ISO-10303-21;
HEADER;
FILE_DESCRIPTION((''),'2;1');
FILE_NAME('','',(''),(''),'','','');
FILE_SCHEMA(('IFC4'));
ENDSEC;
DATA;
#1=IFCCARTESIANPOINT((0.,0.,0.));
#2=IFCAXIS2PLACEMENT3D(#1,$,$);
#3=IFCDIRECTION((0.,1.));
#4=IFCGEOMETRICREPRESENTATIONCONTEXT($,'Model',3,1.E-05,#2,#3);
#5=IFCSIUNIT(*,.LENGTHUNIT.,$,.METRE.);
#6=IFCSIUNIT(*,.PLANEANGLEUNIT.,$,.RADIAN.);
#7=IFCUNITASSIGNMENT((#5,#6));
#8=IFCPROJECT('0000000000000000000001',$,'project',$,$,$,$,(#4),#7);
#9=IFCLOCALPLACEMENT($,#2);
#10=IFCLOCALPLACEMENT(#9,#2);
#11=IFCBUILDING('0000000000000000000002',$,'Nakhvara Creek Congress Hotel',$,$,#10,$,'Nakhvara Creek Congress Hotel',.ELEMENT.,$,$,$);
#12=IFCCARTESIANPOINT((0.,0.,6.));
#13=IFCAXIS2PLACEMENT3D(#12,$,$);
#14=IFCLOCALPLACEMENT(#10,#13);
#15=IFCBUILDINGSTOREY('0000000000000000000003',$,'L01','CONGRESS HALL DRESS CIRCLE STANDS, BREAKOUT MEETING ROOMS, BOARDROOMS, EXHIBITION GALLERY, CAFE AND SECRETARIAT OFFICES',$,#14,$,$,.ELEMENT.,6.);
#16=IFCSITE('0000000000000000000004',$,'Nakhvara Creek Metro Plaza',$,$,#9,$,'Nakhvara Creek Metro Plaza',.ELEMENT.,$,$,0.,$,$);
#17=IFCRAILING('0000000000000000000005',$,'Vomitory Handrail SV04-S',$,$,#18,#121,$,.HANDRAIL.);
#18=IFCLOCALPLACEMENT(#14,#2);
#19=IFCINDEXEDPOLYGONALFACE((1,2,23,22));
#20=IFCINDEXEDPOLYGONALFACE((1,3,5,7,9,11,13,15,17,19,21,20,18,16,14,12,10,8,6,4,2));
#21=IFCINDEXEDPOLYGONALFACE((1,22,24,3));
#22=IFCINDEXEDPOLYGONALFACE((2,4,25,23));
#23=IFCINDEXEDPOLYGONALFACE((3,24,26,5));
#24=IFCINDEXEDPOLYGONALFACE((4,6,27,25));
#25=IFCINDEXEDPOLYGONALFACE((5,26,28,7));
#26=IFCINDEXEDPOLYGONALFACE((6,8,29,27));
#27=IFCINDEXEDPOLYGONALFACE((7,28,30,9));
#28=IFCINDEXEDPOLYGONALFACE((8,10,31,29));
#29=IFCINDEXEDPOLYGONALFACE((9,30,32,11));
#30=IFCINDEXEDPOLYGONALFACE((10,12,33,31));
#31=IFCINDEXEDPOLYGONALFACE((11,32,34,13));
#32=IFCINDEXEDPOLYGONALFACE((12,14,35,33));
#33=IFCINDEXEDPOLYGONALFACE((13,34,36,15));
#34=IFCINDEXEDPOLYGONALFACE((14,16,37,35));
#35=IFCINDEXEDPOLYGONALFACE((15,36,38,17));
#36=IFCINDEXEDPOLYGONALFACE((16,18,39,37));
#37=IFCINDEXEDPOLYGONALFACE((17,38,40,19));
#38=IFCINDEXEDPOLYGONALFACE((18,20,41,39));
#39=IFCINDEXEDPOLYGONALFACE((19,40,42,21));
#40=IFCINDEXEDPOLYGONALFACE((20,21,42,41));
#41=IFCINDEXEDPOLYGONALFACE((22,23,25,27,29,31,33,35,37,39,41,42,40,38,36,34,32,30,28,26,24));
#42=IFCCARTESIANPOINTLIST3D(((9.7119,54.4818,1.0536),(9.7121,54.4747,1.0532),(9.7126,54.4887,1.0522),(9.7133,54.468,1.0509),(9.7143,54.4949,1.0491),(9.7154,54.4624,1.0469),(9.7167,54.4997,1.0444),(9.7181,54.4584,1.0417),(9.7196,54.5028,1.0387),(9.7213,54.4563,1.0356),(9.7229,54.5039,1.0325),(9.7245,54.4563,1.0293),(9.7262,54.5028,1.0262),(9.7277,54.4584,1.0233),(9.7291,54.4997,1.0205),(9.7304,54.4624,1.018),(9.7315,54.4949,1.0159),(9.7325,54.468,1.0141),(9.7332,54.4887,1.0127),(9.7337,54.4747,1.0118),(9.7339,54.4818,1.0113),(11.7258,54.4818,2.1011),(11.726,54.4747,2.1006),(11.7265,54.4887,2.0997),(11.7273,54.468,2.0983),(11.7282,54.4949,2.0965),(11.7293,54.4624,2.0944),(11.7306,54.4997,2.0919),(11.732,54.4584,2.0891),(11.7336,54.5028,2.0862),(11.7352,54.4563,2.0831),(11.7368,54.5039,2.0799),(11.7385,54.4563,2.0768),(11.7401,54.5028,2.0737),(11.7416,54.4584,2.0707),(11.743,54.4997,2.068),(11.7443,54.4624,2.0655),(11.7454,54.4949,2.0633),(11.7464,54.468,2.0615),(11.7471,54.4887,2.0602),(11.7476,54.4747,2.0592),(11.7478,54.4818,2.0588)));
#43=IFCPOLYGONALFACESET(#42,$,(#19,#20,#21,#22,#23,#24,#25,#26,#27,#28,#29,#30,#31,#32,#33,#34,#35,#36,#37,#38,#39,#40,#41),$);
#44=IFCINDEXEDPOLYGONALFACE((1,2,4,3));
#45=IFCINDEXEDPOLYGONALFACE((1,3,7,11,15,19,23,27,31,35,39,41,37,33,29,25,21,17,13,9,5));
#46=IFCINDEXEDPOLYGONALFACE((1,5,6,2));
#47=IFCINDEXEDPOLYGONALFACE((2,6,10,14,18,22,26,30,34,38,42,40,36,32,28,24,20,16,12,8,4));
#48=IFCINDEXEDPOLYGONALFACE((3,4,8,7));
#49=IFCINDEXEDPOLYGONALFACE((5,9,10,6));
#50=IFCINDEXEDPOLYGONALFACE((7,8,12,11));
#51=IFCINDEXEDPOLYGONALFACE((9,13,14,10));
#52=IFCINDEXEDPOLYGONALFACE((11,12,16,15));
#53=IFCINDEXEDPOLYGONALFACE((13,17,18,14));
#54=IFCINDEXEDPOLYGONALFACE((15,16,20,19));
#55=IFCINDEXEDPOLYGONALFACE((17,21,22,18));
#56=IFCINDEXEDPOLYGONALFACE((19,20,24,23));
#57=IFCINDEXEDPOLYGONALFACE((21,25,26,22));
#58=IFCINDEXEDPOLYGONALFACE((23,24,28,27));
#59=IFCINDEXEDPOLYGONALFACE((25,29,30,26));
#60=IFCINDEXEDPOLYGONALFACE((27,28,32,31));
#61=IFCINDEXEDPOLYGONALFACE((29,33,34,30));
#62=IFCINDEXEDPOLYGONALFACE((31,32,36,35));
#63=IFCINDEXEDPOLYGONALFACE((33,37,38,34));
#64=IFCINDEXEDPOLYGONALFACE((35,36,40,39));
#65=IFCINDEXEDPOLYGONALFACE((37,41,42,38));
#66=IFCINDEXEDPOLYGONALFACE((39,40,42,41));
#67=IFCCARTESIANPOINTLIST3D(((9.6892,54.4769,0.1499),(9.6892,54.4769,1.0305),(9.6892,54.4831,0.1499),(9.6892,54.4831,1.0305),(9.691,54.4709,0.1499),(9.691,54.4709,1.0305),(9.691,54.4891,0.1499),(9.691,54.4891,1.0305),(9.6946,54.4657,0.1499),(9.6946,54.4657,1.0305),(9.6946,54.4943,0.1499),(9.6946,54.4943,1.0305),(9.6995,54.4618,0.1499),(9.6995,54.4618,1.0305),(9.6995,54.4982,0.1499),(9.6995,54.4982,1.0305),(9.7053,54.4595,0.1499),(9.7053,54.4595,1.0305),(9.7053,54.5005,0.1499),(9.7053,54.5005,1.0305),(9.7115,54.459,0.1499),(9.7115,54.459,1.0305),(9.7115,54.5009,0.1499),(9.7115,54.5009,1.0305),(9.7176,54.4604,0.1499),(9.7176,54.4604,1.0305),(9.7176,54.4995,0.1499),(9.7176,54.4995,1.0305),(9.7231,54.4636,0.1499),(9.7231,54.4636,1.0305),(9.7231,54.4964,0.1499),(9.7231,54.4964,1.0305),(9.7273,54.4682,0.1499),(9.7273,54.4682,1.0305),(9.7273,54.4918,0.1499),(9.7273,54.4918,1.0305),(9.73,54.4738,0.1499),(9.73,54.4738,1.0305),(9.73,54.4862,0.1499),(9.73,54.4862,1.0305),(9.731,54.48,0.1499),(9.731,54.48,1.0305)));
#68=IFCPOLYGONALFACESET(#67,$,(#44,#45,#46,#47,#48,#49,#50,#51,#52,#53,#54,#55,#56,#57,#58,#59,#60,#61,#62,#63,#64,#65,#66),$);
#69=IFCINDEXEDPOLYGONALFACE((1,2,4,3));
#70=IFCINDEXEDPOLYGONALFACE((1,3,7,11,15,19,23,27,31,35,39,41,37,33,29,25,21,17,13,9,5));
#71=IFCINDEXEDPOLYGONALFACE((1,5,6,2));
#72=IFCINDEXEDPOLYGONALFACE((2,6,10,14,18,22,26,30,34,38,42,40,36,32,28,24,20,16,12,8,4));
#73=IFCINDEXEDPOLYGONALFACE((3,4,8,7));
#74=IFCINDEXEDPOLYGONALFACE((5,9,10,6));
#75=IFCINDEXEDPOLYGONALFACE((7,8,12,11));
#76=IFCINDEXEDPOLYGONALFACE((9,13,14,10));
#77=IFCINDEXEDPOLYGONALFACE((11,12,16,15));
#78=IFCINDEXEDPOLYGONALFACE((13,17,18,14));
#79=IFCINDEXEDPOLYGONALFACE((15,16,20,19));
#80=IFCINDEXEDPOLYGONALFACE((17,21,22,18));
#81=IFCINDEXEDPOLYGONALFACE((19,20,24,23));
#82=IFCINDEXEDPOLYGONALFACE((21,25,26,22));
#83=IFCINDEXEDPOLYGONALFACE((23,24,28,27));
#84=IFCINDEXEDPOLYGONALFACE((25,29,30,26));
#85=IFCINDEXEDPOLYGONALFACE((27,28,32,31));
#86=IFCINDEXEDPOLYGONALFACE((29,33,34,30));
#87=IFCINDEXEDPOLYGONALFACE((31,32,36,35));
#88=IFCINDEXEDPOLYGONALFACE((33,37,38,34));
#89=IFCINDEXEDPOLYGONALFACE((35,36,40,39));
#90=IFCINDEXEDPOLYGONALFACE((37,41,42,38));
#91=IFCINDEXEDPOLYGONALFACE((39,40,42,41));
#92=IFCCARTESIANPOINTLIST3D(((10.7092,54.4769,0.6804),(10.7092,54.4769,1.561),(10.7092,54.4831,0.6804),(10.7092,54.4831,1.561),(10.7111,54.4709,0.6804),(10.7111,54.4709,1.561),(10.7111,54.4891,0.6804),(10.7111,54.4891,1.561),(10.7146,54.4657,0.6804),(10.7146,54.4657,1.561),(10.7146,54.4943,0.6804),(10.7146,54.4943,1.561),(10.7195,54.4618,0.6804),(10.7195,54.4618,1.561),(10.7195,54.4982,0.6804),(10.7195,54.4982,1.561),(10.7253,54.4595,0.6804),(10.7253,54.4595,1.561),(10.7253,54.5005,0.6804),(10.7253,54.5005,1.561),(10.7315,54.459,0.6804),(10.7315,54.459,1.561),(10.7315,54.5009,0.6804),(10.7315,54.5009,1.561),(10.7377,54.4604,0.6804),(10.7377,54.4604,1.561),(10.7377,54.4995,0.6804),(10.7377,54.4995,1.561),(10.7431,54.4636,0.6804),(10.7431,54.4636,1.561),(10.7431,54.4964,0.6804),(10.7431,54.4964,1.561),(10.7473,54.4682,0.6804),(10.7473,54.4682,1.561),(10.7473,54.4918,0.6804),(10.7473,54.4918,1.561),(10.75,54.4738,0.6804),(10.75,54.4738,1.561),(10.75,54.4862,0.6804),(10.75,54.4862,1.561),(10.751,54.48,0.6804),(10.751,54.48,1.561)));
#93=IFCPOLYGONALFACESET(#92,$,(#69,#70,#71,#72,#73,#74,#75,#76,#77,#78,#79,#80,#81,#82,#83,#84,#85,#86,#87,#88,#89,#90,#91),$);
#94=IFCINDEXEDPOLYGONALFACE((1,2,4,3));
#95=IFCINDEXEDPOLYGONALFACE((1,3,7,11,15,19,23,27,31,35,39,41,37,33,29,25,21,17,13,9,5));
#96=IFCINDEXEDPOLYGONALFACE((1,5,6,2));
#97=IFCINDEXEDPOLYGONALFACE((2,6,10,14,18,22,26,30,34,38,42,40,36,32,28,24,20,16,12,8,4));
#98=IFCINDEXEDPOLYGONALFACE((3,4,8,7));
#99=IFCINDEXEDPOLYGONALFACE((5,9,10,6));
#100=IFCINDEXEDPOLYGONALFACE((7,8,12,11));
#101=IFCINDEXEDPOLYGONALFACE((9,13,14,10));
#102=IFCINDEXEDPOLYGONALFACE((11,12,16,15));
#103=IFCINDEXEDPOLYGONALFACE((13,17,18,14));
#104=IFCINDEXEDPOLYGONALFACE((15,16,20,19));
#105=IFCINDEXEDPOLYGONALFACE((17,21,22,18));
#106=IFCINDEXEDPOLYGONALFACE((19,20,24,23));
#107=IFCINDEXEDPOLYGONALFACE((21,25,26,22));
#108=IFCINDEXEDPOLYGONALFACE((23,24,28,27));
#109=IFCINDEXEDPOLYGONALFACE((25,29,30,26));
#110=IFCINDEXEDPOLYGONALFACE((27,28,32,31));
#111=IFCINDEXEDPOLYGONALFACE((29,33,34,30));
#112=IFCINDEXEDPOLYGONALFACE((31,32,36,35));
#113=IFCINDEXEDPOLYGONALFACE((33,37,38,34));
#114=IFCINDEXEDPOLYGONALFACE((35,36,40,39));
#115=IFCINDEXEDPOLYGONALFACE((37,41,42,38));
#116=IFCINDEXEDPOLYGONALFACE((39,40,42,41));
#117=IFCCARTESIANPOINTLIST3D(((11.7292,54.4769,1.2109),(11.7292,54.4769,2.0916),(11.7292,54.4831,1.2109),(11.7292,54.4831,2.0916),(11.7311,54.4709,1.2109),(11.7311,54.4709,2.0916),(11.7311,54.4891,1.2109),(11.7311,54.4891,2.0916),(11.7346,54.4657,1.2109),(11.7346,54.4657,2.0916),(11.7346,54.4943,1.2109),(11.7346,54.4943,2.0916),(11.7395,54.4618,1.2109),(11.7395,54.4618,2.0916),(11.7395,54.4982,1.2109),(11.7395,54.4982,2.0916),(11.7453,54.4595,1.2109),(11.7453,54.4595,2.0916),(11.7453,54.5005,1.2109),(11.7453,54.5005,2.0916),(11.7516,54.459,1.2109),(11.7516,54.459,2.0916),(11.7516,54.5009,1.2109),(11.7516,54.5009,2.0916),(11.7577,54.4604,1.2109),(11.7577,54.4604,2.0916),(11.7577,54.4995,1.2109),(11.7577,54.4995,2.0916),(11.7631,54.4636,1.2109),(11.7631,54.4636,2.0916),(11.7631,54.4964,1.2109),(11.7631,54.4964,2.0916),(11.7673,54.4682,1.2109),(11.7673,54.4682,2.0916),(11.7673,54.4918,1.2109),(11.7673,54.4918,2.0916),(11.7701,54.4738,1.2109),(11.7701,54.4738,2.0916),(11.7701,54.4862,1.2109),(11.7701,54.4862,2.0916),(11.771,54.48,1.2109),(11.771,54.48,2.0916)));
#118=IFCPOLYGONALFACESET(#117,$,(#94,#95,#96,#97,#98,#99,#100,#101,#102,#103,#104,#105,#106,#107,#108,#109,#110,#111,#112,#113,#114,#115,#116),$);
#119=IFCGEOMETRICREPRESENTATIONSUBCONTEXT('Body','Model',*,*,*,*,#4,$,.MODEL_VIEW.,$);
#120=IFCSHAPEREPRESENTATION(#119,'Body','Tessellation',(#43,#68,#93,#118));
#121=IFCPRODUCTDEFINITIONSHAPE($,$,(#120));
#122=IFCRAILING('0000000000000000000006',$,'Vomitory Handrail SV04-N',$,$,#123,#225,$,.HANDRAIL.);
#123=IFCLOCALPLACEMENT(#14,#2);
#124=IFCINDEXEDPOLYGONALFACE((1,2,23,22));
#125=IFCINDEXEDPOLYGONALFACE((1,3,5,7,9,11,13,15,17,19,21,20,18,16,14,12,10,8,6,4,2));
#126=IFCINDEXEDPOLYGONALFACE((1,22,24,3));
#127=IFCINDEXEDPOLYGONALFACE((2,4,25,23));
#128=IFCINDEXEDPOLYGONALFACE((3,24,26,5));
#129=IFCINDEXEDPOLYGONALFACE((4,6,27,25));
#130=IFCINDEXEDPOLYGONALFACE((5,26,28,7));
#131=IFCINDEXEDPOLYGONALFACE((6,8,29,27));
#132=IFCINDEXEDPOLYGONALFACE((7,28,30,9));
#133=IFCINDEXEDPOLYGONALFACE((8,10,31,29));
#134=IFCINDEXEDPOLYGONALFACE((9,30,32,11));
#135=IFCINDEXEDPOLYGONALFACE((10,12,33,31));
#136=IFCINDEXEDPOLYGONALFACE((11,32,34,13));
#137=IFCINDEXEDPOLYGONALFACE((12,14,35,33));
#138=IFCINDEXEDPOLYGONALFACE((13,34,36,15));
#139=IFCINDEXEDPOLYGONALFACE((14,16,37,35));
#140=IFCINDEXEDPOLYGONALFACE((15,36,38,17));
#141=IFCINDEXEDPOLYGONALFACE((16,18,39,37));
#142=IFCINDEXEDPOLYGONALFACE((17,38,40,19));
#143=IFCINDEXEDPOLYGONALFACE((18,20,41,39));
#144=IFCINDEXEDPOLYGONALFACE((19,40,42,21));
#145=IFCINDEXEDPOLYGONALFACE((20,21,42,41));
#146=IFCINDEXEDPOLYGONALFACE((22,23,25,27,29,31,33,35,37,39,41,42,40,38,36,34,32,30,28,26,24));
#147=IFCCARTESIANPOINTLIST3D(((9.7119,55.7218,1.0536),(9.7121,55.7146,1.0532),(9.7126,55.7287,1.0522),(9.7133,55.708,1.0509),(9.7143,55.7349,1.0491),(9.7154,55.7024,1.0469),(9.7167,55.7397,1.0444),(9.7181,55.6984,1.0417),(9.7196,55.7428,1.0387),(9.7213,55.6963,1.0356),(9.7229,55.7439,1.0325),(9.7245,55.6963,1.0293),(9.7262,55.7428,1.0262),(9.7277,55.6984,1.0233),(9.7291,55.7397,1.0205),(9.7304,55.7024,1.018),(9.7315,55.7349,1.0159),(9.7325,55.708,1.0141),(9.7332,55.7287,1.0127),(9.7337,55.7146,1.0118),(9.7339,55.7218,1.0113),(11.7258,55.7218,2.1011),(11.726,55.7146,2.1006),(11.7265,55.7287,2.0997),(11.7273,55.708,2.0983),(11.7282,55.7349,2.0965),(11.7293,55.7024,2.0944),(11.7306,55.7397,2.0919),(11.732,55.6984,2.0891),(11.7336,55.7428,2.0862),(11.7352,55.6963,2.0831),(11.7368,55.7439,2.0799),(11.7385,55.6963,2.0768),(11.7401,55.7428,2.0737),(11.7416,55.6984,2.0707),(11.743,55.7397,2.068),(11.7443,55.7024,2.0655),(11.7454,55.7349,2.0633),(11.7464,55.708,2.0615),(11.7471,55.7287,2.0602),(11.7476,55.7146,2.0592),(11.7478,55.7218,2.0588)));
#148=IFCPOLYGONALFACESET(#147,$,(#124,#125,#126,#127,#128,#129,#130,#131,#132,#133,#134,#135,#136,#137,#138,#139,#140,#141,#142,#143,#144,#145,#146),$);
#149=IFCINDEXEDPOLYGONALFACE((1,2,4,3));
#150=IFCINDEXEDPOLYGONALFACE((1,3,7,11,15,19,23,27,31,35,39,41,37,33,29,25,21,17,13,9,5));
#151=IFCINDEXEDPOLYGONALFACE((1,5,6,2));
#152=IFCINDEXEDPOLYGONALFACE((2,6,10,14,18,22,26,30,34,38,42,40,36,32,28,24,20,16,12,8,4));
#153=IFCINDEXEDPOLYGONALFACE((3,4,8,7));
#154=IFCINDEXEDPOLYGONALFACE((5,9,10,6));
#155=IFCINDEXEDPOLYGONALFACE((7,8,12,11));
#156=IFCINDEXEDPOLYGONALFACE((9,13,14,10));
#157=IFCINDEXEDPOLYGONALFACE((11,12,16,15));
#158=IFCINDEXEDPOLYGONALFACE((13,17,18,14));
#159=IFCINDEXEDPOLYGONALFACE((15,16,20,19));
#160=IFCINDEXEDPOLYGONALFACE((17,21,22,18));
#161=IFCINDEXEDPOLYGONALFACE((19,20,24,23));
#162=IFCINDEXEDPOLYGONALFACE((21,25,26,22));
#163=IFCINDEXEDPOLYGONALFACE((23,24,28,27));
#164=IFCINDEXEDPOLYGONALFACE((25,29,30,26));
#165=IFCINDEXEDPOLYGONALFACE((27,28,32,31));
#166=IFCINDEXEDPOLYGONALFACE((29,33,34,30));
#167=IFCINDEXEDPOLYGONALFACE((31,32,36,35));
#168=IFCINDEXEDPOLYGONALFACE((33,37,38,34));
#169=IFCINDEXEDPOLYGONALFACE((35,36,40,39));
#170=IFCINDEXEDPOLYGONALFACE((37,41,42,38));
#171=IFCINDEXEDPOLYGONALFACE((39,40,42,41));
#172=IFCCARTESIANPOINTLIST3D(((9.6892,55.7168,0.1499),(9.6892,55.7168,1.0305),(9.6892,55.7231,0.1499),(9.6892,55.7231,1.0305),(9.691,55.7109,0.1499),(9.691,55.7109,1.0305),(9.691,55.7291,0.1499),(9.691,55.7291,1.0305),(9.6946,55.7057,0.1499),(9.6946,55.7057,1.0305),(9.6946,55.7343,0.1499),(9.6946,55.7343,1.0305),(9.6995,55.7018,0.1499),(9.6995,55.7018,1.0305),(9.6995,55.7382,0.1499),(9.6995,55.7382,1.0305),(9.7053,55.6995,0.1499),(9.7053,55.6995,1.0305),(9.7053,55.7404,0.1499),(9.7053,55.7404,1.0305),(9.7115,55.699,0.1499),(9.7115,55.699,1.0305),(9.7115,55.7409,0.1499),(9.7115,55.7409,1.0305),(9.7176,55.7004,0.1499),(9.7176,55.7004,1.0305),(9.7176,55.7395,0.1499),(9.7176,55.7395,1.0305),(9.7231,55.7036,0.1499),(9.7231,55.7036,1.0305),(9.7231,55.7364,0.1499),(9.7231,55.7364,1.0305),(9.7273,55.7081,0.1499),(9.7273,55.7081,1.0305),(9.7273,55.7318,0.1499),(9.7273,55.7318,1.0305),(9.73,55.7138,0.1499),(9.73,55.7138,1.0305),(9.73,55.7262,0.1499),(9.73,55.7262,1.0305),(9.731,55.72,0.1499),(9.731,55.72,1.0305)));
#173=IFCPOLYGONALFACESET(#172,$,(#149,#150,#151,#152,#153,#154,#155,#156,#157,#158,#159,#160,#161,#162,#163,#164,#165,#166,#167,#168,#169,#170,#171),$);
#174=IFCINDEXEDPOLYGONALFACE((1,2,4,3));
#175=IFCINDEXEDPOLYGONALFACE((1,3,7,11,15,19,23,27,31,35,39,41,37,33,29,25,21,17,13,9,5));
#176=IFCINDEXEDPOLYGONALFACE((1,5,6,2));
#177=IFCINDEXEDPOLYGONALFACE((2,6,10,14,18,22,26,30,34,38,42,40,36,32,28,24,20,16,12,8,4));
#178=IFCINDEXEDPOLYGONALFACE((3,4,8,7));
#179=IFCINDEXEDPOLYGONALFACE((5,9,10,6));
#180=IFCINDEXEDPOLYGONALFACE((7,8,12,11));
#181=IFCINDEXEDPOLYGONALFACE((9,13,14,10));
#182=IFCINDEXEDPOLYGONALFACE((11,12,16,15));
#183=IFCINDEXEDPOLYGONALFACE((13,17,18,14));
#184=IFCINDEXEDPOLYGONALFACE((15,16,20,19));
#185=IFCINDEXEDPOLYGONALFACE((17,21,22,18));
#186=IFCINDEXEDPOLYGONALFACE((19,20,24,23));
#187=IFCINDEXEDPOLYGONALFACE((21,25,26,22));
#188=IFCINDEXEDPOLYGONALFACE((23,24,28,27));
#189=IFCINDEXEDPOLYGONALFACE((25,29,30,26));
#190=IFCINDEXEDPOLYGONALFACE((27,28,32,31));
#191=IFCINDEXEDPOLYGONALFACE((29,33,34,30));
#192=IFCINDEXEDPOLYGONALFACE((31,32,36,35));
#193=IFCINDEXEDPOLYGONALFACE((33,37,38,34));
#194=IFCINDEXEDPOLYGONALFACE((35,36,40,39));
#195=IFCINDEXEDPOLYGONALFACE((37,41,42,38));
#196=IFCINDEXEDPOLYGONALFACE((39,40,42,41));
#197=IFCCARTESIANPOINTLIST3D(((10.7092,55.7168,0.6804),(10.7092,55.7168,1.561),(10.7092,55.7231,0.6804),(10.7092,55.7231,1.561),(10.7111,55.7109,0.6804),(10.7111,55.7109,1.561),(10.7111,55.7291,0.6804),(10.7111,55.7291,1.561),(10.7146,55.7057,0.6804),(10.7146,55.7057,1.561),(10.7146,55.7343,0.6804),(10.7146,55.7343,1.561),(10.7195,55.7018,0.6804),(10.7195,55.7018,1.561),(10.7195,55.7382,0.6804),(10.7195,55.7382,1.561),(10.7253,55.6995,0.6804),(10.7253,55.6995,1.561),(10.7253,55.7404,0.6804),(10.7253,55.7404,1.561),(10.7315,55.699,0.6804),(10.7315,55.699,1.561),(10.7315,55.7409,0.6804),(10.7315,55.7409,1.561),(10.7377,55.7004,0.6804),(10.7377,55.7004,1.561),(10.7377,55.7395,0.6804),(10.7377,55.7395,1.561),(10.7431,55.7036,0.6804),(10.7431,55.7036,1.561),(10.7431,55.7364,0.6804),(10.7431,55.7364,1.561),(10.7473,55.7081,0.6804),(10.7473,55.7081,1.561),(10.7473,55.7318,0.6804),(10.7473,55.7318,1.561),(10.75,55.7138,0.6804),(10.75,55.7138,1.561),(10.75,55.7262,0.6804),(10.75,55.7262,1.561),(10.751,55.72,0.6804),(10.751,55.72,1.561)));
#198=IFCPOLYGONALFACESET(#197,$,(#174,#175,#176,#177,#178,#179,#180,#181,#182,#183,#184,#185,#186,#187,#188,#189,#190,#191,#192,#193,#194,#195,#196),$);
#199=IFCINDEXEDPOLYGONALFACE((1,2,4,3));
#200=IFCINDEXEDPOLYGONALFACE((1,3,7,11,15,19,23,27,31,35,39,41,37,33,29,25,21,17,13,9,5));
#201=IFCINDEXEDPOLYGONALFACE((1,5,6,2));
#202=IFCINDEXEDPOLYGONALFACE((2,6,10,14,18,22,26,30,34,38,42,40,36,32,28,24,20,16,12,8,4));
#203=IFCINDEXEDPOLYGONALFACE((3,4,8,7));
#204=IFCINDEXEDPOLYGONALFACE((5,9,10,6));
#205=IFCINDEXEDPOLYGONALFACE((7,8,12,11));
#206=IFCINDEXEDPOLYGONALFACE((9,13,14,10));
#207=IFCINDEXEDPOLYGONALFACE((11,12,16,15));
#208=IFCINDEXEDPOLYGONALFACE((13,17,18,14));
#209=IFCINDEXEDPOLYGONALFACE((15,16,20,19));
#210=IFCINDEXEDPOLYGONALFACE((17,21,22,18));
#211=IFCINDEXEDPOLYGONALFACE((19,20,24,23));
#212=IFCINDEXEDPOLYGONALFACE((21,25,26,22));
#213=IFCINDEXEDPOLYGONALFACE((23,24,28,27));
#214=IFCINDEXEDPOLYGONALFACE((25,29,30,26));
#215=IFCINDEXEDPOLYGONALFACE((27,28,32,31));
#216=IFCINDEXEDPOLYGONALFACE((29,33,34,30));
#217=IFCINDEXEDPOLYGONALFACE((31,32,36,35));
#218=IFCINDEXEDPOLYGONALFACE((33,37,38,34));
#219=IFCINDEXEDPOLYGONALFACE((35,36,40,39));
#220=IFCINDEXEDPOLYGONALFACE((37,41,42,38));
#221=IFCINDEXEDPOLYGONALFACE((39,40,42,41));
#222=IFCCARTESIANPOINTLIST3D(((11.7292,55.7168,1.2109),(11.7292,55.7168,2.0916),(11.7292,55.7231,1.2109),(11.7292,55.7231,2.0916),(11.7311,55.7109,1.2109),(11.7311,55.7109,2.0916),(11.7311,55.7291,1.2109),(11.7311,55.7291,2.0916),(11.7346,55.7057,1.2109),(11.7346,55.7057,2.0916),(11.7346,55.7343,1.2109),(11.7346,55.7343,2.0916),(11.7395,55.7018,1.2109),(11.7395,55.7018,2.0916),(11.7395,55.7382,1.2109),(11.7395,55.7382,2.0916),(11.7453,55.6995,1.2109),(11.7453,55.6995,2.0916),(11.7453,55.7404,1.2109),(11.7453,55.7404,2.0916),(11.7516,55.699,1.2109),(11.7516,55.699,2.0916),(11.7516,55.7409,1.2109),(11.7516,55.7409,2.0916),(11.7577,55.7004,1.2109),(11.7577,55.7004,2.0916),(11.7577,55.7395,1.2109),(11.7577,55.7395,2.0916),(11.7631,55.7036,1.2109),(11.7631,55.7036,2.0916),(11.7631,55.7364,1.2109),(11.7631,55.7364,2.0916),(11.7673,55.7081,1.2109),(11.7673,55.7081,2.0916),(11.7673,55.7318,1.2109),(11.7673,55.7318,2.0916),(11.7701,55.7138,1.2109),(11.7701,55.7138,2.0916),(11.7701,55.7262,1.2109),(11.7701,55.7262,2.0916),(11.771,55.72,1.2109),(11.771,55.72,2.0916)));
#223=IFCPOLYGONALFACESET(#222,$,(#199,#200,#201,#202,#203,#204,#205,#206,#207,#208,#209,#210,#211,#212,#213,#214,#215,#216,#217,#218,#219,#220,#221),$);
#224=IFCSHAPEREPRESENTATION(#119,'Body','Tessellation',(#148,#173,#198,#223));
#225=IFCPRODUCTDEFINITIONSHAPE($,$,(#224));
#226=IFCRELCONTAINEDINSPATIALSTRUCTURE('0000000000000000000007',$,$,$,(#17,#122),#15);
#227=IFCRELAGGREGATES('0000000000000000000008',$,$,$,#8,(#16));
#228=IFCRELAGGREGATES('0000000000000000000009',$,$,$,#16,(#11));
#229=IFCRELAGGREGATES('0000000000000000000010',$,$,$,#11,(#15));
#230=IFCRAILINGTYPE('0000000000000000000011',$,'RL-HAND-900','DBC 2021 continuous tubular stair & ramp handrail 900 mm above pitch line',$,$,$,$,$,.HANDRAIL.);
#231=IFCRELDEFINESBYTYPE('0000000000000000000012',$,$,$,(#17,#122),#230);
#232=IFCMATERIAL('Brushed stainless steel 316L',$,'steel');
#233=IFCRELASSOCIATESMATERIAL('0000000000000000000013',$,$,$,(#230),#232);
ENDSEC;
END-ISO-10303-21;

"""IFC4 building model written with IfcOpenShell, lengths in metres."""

from ifc_helpers import new_model, si_unit, direction, frame, origin, origin_2d, place, context, subcontext, project, spatial, circle, extrude, material, type_object, element, save


model = new_model("IFC4")

# Units and contexts
model_context = context("Model", 3, precision=1e-05, world=origin(), true_north=direction((0.0, 1.0)))
body_context = subcontext(model_context, "Body", "Model", "MODEL_VIEW")
ifc_project = project(units=[si_unit("LENGTHUNIT", "METRE"), si_unit("PLANEANGLEUNIT", "RADIAN")], contexts=[model_context])

# Site, building, storey
site_placement = place(None, origin())
site = spatial("IfcSite", under=ifc_project, at=site_placement, Name="Nakhvara Creek Metro Plaza", LongName="Nakhvara Creek Metro Plaza", CompositionType="ELEMENT", RefElevation=0.0)
building_placement = place(site_placement, origin())
building = spatial("IfcBuilding", under=site, at=building_placement, Name="Nakhvara Creek Congress Hotel", LongName="Nakhvara Creek Congress Hotel", CompositionType="ELEMENT")
storey_placement = place(building_placement, frame((0.0, 0.0, 6.0)))
storey = spatial("IfcBuildingStorey", under=building, at=storey_placement, Name="L01", Description="CONGRESS HALL DRESS CIRCLE STANDS, BREAKOUT MEETING ROOMS, BOARDROOMS, EXHIBITION GALLERY, CAFE AND SECRETARIAT OFFICES", CompositionType="ELEMENT", Elevation=6.0)

# Railings
ifc_material_1 = material(Name="Brushed stainless steel 316L", Category="steel")
railing_type_1 = type_object("IfcRailingType", Name="RL-HAND-900", Description="DBC 2021 continuous tubular stair & ramp handrail 900 mm above pitch line", PredefinedType="HANDRAIL", material=ifc_material_1)
for number, where, name in (
    (1, (9.71, 54.48, 0.1499), "Vomitory Handrail SV04-S"),
    (2, (9.71, 55.72, 0.1499), "Vomitory Handrail SV04-N"),
):
    element("IfcRailing", number, at=place(storey_placement, frame(where)), inside=storey, type_object=railing_type_1, Name=name, PredefinedType="HANDRAIL", context=body_context, shape_type="SweptSolid", body=[
        extrude(circle(Radius=0.0239, at=origin_2d()), frame((0.0129, 0.0, 0.8826), z_axis=(0.887179, 0.0, 0.461426), x_axis=(0.0, 1.0, 0.0)), (0.0, 0.0, 1.0), 2.27),
        extrude(circle(Radius=0.021, at=origin_2d()), origin(), (0.0, 0.0, 1.0), 0.8806),
        extrude(circle(Radius=0.021, at=origin_2d()), frame((1.02, 0.0, 0.5305)), (0.0, 0.0, 1.0), 0.8806),
        extrude(circle(Radius=0.021, at=origin_2d()), frame((2.04, 0.0, 1.061)), (0.0, 0.0, 1.0), 0.8806),
    ])

save(model, "model.ifc")
